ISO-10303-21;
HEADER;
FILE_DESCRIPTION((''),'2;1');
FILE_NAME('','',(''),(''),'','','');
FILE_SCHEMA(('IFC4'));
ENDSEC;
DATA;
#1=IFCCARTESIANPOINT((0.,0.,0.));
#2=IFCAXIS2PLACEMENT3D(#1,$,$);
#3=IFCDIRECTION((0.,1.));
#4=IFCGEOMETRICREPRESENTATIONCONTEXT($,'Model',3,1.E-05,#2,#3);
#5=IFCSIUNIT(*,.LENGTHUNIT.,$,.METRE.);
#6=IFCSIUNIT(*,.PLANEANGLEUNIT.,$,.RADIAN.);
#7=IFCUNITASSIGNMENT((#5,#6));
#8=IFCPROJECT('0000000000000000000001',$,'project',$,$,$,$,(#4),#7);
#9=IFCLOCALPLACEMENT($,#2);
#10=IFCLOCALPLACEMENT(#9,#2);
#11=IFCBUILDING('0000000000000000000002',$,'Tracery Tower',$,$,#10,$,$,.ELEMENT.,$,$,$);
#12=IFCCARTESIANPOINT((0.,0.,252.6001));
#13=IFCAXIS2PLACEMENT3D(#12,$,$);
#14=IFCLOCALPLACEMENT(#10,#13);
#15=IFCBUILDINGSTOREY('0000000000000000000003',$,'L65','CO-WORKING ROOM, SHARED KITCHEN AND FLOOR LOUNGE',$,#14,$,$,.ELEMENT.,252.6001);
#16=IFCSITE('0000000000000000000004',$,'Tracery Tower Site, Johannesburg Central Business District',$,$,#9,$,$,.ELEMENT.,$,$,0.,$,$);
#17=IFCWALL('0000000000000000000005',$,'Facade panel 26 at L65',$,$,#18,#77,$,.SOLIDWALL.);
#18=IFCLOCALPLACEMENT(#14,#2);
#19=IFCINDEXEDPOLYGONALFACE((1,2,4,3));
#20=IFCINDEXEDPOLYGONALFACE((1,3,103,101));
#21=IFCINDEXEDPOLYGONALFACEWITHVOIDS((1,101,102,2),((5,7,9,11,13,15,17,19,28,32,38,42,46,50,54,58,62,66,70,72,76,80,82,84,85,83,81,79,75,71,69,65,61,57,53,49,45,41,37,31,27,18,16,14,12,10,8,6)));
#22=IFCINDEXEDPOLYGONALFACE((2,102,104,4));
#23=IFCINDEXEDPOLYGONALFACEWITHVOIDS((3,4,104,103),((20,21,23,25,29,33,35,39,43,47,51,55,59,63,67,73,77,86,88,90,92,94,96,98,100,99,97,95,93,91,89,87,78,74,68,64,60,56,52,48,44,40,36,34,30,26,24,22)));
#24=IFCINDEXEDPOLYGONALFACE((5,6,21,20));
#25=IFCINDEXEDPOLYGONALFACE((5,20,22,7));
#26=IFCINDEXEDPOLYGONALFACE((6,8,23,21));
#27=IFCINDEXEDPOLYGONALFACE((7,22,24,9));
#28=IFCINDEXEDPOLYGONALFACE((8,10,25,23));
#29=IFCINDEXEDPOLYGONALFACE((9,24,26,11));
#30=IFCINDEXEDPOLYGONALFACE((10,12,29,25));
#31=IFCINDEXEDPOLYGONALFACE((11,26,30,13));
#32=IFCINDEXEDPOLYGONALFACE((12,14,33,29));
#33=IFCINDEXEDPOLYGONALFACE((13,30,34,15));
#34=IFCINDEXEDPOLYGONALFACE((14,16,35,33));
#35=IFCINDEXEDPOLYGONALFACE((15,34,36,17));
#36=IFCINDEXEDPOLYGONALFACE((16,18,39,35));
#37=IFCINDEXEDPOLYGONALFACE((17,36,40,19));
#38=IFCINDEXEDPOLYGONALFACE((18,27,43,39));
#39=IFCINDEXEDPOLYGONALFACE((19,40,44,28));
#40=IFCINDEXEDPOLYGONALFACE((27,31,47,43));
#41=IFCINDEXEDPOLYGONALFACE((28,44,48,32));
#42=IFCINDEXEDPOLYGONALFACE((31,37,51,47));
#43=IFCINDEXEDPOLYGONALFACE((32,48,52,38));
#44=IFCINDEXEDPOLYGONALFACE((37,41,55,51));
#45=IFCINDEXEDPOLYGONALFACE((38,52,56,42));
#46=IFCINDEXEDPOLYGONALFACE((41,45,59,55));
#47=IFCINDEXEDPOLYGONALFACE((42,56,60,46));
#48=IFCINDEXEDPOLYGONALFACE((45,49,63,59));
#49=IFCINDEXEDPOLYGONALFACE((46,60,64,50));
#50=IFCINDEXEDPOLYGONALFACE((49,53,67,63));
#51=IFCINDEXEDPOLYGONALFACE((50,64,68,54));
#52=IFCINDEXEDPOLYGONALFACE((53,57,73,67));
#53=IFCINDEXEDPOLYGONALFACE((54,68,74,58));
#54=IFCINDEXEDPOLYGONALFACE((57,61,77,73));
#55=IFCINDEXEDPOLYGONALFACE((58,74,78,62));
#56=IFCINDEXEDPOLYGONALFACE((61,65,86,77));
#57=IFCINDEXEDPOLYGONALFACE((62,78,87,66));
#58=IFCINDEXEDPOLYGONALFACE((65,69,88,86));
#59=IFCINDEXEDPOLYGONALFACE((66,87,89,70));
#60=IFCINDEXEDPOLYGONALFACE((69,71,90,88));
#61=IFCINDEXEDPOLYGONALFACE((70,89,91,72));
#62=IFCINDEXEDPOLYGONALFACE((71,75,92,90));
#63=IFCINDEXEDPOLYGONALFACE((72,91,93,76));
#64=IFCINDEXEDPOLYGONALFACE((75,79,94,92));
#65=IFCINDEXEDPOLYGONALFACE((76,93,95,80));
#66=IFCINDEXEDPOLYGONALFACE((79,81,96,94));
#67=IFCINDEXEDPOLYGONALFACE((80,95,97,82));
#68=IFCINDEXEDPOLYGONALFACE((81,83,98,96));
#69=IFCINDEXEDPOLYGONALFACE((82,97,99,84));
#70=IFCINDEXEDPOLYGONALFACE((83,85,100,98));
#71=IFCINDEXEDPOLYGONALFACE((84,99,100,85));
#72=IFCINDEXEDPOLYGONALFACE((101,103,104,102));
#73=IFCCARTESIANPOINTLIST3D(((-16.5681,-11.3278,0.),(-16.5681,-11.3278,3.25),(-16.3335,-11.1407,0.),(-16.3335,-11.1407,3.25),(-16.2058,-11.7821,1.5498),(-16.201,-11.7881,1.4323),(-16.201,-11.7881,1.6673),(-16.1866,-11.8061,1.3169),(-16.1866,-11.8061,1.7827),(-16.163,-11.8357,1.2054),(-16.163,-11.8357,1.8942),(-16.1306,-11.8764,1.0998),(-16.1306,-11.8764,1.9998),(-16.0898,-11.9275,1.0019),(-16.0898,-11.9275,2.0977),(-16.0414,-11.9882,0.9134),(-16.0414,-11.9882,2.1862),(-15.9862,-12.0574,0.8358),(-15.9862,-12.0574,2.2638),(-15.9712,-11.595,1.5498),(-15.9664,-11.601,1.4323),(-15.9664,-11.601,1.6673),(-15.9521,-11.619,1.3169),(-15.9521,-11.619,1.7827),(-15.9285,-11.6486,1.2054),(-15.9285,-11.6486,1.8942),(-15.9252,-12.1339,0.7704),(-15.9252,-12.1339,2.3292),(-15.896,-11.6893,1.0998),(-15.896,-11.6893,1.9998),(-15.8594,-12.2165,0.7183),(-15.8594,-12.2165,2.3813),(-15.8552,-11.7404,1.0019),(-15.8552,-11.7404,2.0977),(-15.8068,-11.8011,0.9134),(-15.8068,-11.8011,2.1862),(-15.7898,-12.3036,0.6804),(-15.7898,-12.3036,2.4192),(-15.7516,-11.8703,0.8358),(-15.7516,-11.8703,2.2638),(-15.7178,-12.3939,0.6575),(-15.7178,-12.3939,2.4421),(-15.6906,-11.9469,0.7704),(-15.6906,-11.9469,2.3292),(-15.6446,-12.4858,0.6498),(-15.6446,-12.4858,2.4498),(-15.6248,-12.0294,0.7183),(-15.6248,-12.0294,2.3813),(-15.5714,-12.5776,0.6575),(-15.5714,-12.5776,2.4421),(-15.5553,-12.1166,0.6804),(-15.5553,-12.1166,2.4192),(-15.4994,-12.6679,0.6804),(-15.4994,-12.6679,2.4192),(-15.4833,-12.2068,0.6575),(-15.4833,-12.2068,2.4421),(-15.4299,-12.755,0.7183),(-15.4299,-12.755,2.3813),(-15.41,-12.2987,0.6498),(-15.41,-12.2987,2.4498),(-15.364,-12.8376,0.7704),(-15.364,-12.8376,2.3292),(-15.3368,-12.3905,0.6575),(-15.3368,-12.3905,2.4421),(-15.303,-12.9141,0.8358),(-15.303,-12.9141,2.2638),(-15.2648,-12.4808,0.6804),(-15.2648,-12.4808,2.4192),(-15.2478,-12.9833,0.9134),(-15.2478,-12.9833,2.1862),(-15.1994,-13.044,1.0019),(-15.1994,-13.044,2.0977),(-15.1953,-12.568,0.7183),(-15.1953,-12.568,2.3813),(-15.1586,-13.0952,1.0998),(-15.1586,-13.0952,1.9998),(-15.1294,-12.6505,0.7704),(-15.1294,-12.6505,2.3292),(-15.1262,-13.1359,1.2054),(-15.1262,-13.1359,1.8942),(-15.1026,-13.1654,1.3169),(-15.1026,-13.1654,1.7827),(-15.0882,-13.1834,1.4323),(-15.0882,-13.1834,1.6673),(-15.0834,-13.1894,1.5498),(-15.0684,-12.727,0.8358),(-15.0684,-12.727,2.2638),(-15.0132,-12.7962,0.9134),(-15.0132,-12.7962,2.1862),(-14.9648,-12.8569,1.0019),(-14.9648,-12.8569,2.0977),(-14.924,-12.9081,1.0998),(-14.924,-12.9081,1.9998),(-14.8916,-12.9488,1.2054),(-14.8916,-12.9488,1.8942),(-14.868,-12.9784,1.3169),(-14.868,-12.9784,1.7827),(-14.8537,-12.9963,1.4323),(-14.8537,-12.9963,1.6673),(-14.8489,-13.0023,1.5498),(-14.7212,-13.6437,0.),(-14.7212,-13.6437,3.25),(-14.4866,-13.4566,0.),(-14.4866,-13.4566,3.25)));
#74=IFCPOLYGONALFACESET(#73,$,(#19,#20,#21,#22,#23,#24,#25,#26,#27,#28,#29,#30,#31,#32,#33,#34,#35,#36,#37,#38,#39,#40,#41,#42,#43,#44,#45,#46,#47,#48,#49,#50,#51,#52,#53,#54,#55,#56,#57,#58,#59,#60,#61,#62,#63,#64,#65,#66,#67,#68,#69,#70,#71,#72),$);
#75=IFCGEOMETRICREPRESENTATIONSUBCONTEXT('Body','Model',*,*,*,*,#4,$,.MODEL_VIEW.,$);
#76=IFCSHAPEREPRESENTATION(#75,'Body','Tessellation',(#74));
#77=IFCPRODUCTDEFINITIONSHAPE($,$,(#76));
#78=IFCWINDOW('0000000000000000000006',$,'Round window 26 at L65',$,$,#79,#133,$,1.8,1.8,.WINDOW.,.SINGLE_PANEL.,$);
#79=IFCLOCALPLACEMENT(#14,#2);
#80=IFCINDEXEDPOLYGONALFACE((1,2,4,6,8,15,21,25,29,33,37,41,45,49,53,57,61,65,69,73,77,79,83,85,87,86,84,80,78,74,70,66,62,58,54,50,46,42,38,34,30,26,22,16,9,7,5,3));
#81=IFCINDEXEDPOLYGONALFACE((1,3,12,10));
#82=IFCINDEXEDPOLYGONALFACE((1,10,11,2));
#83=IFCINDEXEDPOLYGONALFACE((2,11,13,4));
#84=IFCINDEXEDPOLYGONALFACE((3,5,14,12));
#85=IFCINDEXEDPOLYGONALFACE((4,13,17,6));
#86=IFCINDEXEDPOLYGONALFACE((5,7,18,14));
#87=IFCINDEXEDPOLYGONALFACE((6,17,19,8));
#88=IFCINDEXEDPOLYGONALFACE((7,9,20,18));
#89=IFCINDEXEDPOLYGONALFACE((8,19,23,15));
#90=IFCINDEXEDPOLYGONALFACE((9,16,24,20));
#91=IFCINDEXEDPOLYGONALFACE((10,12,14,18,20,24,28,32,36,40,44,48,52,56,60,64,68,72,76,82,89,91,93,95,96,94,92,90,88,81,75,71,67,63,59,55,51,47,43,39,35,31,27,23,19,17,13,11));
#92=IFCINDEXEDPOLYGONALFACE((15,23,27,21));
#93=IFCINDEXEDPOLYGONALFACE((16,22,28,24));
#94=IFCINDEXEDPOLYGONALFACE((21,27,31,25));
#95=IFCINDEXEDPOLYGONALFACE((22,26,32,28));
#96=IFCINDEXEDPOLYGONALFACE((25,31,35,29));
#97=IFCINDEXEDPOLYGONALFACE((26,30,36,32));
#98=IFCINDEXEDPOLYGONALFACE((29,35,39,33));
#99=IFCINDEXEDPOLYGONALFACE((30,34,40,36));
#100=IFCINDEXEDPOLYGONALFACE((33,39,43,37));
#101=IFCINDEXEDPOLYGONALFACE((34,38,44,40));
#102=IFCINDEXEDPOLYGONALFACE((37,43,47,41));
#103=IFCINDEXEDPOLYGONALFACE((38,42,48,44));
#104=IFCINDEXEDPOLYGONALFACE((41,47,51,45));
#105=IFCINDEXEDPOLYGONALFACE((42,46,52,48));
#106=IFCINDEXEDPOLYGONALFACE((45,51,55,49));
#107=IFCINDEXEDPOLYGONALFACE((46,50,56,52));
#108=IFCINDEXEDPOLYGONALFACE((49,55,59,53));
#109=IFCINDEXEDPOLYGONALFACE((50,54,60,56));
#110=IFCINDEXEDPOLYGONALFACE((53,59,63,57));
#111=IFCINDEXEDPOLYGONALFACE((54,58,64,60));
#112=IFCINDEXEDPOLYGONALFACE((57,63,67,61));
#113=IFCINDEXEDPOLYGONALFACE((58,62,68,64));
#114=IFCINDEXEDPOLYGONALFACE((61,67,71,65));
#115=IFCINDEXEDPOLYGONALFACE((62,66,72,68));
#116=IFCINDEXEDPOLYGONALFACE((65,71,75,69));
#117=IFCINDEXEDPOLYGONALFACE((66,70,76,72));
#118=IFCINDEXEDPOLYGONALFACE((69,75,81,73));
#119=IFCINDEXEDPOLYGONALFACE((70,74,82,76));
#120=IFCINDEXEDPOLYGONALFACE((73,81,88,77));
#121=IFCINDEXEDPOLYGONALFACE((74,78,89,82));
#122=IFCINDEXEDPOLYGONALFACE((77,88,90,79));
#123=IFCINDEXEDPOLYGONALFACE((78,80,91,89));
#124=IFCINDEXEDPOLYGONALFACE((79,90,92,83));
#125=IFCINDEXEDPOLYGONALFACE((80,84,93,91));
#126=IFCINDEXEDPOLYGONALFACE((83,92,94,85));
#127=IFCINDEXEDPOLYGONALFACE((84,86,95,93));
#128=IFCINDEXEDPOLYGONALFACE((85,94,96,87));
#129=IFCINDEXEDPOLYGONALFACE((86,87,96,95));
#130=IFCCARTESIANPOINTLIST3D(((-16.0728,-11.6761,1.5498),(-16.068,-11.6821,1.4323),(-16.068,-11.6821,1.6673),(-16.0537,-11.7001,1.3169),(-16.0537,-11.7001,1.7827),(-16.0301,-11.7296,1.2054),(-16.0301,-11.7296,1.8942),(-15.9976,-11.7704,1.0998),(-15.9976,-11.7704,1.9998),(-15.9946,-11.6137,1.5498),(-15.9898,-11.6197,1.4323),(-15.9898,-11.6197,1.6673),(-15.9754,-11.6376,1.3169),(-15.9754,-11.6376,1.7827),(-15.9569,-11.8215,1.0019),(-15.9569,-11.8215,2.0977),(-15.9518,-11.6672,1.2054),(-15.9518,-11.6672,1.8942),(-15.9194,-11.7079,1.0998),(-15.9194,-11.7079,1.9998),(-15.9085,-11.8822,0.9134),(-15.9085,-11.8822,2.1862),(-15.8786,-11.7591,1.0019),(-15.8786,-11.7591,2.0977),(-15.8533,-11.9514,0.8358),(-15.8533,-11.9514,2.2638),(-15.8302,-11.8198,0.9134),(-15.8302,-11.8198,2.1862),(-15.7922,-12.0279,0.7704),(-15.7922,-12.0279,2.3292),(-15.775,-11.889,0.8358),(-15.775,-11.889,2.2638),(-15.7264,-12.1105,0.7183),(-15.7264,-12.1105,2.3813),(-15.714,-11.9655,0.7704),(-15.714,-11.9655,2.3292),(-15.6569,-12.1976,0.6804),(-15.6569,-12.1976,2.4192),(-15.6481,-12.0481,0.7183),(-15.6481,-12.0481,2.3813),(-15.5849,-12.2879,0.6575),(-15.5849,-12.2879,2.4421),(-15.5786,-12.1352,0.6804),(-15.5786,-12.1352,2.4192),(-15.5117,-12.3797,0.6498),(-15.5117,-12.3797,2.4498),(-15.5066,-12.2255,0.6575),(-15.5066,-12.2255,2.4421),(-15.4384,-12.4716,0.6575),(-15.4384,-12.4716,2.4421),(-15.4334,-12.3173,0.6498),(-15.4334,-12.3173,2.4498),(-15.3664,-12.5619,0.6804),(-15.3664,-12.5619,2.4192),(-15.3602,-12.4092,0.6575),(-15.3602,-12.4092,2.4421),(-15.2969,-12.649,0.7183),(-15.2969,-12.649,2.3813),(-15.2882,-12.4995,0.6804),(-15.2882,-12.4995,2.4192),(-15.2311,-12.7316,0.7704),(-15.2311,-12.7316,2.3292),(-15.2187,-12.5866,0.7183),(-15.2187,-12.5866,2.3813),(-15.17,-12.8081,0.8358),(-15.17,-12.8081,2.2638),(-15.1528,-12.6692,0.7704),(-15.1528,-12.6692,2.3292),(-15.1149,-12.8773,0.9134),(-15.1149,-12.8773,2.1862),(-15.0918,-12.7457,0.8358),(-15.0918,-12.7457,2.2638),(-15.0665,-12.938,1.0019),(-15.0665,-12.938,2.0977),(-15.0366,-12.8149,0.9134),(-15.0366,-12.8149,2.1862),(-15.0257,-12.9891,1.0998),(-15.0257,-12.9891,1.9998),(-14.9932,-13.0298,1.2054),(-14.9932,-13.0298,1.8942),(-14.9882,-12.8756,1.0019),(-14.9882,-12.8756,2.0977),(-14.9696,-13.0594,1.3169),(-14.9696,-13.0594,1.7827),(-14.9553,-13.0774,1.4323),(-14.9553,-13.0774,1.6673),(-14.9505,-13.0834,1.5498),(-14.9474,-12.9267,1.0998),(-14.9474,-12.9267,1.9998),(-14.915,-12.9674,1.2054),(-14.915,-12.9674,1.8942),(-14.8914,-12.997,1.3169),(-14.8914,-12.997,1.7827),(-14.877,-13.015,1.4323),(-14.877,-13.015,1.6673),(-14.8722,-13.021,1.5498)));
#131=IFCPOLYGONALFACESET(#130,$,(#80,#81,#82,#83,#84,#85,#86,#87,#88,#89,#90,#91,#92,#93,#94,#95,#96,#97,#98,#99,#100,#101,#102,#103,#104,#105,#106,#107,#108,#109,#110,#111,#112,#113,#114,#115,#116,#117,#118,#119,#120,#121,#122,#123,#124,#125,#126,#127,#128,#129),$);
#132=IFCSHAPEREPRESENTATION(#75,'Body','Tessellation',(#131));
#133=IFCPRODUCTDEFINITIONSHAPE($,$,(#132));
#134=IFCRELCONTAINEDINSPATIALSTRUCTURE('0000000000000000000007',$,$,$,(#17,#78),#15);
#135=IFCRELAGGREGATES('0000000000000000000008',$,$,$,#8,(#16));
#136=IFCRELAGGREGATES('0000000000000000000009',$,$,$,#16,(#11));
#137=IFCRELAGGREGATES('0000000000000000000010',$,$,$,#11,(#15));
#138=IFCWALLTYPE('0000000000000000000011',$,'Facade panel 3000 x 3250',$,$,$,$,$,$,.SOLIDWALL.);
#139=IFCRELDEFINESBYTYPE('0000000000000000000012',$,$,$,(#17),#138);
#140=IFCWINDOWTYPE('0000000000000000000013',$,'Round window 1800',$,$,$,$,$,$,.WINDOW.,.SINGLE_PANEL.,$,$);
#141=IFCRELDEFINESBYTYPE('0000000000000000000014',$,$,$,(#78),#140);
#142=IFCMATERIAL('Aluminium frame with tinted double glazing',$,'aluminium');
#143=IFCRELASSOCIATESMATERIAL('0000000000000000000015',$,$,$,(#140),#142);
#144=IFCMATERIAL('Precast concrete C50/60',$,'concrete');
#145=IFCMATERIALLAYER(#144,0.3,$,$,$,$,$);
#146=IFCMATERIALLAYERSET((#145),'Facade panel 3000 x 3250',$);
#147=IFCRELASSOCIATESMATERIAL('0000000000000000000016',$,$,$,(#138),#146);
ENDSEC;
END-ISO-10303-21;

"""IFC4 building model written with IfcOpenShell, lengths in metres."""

from ifc_helpers import new_model, si_unit, direction, frame, frame_2d, origin, origin_2d, place, context, subcontext, project, spatial, rectangle, circle, extrude, material, layer, layer_set, type_object, element, fill, save


model = new_model("IFC4")

# Units and contexts
model_context = context("Model", 3, precision=1e-05, world=origin(), true_north=direction((0.0, 1.0)))
body_context = subcontext(model_context, "Body", "Model", "MODEL_VIEW")
ifc_project = project(units=[si_unit("LENGTHUNIT", "METRE"), si_unit("PLANEANGLEUNIT", "RADIAN")], contexts=[model_context])

# Site, building, storey
site_placement = place(None, origin())
site = spatial("IfcSite", under=ifc_project, at=site_placement, Name="Tracery Tower Site, Johannesburg Central Business District", CompositionType="ELEMENT", RefElevation=0.0)
building_placement = place(site_placement, origin())
building = spatial("IfcBuilding", under=site, at=building_placement, Name="Tracery Tower", CompositionType="ELEMENT")
storey_placement = place(building_placement, frame((0.0, 0.0, 252.6001)))
storey = spatial("IfcBuildingStorey", under=building, at=storey_placement, Name="L65", Description="CO-WORKING ROOM, SHARED KITCHEN AND FLOOR LOUNGE", CompositionType="ELEMENT", Elevation=252.6001)

# Wall, opening, window
ifc_material_1 = material(Name="Aluminium frame with tinted double glazing", Category="aluminium")
window_type = type_object("IfcWindowType", Name="Round window 1800", PartitioningType="SINGLE_PANEL", PredefinedType="WINDOW", material=ifc_material_1)
ifc_material_2 = material(Name="Precast concrete C50/60", Category="concrete")
ifc_layer_1 = layer(ifc_material_2, 0.3)
ifc_layer_set_1 = layer_set([ifc_layer_1], Name="Facade panel 3000 x 3250")
wall_type_1 = type_object("IfcWallType", Name="Facade panel 3000 x 3250", PredefinedType="SOLIDWALL", material=ifc_layer_set_1)
wall_1_placement = place(storey_placement, frame((-16.4507, -11.2344, 0.0), z_axis=(0.0, 0.0, 1.0), x_axis=(0.623498, -0.781825, 0.0)))
wall_1 = element("IfcWall", 1, at=wall_1_placement, inside=storey, type_object=wall_type_1, Name="Facade panel 26 at L65", PredefinedType="SOLIDWALL", context=body_context, shape_type="SweptSolid", body=[
    extrude(rectangle(XDim=2.9622, YDim=0.3, at=frame_2d((1.481, 0.0))), origin(), (0.0, 0.0, 1.0), 3.25),
])
opening_1_placement = place(wall_1_placement, frame((1.481, 0.0, 1.5498)))
opening_1 = element("IfcOpeningElement", 2, at=opening_1_placement, cuts=wall_1, PredefinedType="OPENING", context=body_context, shape_type="SweptSolid", body=[
    extrude(circle(Radius=0.9, at=origin_2d()), frame((0.0, 0.1599, 0.0), z_axis=(0.0, -1.0, 0.0), x_axis=(1.0, 0.0, 0.0)), (0.0, 0.0, 1.0), 0.3201),
])
window_1_placement = place(opening_1_placement, origin())
window_1 = element("IfcWindow", 3, at=window_1_placement, inside=storey, type_object=window_type, Name="Round window 26 at L65", OverallHeight=1.8, OverallWidth=1.8, PartitioningType="SINGLE_PANEL", PredefinedType="WINDOW", context=body_context, shape_type="SweptSolid", body=[
    extrude(circle(Radius=0.9, at=origin_2d()), frame((0.0, 0.1201, 0.0), z_axis=(0.0, -1.0, 0.0), x_axis=(1.0, 0.0, 0.0)), (0.0, 0.0, 1.0), 0.1001),
])
fill(opening_1, window_1)

save(model, "model.ifc")
